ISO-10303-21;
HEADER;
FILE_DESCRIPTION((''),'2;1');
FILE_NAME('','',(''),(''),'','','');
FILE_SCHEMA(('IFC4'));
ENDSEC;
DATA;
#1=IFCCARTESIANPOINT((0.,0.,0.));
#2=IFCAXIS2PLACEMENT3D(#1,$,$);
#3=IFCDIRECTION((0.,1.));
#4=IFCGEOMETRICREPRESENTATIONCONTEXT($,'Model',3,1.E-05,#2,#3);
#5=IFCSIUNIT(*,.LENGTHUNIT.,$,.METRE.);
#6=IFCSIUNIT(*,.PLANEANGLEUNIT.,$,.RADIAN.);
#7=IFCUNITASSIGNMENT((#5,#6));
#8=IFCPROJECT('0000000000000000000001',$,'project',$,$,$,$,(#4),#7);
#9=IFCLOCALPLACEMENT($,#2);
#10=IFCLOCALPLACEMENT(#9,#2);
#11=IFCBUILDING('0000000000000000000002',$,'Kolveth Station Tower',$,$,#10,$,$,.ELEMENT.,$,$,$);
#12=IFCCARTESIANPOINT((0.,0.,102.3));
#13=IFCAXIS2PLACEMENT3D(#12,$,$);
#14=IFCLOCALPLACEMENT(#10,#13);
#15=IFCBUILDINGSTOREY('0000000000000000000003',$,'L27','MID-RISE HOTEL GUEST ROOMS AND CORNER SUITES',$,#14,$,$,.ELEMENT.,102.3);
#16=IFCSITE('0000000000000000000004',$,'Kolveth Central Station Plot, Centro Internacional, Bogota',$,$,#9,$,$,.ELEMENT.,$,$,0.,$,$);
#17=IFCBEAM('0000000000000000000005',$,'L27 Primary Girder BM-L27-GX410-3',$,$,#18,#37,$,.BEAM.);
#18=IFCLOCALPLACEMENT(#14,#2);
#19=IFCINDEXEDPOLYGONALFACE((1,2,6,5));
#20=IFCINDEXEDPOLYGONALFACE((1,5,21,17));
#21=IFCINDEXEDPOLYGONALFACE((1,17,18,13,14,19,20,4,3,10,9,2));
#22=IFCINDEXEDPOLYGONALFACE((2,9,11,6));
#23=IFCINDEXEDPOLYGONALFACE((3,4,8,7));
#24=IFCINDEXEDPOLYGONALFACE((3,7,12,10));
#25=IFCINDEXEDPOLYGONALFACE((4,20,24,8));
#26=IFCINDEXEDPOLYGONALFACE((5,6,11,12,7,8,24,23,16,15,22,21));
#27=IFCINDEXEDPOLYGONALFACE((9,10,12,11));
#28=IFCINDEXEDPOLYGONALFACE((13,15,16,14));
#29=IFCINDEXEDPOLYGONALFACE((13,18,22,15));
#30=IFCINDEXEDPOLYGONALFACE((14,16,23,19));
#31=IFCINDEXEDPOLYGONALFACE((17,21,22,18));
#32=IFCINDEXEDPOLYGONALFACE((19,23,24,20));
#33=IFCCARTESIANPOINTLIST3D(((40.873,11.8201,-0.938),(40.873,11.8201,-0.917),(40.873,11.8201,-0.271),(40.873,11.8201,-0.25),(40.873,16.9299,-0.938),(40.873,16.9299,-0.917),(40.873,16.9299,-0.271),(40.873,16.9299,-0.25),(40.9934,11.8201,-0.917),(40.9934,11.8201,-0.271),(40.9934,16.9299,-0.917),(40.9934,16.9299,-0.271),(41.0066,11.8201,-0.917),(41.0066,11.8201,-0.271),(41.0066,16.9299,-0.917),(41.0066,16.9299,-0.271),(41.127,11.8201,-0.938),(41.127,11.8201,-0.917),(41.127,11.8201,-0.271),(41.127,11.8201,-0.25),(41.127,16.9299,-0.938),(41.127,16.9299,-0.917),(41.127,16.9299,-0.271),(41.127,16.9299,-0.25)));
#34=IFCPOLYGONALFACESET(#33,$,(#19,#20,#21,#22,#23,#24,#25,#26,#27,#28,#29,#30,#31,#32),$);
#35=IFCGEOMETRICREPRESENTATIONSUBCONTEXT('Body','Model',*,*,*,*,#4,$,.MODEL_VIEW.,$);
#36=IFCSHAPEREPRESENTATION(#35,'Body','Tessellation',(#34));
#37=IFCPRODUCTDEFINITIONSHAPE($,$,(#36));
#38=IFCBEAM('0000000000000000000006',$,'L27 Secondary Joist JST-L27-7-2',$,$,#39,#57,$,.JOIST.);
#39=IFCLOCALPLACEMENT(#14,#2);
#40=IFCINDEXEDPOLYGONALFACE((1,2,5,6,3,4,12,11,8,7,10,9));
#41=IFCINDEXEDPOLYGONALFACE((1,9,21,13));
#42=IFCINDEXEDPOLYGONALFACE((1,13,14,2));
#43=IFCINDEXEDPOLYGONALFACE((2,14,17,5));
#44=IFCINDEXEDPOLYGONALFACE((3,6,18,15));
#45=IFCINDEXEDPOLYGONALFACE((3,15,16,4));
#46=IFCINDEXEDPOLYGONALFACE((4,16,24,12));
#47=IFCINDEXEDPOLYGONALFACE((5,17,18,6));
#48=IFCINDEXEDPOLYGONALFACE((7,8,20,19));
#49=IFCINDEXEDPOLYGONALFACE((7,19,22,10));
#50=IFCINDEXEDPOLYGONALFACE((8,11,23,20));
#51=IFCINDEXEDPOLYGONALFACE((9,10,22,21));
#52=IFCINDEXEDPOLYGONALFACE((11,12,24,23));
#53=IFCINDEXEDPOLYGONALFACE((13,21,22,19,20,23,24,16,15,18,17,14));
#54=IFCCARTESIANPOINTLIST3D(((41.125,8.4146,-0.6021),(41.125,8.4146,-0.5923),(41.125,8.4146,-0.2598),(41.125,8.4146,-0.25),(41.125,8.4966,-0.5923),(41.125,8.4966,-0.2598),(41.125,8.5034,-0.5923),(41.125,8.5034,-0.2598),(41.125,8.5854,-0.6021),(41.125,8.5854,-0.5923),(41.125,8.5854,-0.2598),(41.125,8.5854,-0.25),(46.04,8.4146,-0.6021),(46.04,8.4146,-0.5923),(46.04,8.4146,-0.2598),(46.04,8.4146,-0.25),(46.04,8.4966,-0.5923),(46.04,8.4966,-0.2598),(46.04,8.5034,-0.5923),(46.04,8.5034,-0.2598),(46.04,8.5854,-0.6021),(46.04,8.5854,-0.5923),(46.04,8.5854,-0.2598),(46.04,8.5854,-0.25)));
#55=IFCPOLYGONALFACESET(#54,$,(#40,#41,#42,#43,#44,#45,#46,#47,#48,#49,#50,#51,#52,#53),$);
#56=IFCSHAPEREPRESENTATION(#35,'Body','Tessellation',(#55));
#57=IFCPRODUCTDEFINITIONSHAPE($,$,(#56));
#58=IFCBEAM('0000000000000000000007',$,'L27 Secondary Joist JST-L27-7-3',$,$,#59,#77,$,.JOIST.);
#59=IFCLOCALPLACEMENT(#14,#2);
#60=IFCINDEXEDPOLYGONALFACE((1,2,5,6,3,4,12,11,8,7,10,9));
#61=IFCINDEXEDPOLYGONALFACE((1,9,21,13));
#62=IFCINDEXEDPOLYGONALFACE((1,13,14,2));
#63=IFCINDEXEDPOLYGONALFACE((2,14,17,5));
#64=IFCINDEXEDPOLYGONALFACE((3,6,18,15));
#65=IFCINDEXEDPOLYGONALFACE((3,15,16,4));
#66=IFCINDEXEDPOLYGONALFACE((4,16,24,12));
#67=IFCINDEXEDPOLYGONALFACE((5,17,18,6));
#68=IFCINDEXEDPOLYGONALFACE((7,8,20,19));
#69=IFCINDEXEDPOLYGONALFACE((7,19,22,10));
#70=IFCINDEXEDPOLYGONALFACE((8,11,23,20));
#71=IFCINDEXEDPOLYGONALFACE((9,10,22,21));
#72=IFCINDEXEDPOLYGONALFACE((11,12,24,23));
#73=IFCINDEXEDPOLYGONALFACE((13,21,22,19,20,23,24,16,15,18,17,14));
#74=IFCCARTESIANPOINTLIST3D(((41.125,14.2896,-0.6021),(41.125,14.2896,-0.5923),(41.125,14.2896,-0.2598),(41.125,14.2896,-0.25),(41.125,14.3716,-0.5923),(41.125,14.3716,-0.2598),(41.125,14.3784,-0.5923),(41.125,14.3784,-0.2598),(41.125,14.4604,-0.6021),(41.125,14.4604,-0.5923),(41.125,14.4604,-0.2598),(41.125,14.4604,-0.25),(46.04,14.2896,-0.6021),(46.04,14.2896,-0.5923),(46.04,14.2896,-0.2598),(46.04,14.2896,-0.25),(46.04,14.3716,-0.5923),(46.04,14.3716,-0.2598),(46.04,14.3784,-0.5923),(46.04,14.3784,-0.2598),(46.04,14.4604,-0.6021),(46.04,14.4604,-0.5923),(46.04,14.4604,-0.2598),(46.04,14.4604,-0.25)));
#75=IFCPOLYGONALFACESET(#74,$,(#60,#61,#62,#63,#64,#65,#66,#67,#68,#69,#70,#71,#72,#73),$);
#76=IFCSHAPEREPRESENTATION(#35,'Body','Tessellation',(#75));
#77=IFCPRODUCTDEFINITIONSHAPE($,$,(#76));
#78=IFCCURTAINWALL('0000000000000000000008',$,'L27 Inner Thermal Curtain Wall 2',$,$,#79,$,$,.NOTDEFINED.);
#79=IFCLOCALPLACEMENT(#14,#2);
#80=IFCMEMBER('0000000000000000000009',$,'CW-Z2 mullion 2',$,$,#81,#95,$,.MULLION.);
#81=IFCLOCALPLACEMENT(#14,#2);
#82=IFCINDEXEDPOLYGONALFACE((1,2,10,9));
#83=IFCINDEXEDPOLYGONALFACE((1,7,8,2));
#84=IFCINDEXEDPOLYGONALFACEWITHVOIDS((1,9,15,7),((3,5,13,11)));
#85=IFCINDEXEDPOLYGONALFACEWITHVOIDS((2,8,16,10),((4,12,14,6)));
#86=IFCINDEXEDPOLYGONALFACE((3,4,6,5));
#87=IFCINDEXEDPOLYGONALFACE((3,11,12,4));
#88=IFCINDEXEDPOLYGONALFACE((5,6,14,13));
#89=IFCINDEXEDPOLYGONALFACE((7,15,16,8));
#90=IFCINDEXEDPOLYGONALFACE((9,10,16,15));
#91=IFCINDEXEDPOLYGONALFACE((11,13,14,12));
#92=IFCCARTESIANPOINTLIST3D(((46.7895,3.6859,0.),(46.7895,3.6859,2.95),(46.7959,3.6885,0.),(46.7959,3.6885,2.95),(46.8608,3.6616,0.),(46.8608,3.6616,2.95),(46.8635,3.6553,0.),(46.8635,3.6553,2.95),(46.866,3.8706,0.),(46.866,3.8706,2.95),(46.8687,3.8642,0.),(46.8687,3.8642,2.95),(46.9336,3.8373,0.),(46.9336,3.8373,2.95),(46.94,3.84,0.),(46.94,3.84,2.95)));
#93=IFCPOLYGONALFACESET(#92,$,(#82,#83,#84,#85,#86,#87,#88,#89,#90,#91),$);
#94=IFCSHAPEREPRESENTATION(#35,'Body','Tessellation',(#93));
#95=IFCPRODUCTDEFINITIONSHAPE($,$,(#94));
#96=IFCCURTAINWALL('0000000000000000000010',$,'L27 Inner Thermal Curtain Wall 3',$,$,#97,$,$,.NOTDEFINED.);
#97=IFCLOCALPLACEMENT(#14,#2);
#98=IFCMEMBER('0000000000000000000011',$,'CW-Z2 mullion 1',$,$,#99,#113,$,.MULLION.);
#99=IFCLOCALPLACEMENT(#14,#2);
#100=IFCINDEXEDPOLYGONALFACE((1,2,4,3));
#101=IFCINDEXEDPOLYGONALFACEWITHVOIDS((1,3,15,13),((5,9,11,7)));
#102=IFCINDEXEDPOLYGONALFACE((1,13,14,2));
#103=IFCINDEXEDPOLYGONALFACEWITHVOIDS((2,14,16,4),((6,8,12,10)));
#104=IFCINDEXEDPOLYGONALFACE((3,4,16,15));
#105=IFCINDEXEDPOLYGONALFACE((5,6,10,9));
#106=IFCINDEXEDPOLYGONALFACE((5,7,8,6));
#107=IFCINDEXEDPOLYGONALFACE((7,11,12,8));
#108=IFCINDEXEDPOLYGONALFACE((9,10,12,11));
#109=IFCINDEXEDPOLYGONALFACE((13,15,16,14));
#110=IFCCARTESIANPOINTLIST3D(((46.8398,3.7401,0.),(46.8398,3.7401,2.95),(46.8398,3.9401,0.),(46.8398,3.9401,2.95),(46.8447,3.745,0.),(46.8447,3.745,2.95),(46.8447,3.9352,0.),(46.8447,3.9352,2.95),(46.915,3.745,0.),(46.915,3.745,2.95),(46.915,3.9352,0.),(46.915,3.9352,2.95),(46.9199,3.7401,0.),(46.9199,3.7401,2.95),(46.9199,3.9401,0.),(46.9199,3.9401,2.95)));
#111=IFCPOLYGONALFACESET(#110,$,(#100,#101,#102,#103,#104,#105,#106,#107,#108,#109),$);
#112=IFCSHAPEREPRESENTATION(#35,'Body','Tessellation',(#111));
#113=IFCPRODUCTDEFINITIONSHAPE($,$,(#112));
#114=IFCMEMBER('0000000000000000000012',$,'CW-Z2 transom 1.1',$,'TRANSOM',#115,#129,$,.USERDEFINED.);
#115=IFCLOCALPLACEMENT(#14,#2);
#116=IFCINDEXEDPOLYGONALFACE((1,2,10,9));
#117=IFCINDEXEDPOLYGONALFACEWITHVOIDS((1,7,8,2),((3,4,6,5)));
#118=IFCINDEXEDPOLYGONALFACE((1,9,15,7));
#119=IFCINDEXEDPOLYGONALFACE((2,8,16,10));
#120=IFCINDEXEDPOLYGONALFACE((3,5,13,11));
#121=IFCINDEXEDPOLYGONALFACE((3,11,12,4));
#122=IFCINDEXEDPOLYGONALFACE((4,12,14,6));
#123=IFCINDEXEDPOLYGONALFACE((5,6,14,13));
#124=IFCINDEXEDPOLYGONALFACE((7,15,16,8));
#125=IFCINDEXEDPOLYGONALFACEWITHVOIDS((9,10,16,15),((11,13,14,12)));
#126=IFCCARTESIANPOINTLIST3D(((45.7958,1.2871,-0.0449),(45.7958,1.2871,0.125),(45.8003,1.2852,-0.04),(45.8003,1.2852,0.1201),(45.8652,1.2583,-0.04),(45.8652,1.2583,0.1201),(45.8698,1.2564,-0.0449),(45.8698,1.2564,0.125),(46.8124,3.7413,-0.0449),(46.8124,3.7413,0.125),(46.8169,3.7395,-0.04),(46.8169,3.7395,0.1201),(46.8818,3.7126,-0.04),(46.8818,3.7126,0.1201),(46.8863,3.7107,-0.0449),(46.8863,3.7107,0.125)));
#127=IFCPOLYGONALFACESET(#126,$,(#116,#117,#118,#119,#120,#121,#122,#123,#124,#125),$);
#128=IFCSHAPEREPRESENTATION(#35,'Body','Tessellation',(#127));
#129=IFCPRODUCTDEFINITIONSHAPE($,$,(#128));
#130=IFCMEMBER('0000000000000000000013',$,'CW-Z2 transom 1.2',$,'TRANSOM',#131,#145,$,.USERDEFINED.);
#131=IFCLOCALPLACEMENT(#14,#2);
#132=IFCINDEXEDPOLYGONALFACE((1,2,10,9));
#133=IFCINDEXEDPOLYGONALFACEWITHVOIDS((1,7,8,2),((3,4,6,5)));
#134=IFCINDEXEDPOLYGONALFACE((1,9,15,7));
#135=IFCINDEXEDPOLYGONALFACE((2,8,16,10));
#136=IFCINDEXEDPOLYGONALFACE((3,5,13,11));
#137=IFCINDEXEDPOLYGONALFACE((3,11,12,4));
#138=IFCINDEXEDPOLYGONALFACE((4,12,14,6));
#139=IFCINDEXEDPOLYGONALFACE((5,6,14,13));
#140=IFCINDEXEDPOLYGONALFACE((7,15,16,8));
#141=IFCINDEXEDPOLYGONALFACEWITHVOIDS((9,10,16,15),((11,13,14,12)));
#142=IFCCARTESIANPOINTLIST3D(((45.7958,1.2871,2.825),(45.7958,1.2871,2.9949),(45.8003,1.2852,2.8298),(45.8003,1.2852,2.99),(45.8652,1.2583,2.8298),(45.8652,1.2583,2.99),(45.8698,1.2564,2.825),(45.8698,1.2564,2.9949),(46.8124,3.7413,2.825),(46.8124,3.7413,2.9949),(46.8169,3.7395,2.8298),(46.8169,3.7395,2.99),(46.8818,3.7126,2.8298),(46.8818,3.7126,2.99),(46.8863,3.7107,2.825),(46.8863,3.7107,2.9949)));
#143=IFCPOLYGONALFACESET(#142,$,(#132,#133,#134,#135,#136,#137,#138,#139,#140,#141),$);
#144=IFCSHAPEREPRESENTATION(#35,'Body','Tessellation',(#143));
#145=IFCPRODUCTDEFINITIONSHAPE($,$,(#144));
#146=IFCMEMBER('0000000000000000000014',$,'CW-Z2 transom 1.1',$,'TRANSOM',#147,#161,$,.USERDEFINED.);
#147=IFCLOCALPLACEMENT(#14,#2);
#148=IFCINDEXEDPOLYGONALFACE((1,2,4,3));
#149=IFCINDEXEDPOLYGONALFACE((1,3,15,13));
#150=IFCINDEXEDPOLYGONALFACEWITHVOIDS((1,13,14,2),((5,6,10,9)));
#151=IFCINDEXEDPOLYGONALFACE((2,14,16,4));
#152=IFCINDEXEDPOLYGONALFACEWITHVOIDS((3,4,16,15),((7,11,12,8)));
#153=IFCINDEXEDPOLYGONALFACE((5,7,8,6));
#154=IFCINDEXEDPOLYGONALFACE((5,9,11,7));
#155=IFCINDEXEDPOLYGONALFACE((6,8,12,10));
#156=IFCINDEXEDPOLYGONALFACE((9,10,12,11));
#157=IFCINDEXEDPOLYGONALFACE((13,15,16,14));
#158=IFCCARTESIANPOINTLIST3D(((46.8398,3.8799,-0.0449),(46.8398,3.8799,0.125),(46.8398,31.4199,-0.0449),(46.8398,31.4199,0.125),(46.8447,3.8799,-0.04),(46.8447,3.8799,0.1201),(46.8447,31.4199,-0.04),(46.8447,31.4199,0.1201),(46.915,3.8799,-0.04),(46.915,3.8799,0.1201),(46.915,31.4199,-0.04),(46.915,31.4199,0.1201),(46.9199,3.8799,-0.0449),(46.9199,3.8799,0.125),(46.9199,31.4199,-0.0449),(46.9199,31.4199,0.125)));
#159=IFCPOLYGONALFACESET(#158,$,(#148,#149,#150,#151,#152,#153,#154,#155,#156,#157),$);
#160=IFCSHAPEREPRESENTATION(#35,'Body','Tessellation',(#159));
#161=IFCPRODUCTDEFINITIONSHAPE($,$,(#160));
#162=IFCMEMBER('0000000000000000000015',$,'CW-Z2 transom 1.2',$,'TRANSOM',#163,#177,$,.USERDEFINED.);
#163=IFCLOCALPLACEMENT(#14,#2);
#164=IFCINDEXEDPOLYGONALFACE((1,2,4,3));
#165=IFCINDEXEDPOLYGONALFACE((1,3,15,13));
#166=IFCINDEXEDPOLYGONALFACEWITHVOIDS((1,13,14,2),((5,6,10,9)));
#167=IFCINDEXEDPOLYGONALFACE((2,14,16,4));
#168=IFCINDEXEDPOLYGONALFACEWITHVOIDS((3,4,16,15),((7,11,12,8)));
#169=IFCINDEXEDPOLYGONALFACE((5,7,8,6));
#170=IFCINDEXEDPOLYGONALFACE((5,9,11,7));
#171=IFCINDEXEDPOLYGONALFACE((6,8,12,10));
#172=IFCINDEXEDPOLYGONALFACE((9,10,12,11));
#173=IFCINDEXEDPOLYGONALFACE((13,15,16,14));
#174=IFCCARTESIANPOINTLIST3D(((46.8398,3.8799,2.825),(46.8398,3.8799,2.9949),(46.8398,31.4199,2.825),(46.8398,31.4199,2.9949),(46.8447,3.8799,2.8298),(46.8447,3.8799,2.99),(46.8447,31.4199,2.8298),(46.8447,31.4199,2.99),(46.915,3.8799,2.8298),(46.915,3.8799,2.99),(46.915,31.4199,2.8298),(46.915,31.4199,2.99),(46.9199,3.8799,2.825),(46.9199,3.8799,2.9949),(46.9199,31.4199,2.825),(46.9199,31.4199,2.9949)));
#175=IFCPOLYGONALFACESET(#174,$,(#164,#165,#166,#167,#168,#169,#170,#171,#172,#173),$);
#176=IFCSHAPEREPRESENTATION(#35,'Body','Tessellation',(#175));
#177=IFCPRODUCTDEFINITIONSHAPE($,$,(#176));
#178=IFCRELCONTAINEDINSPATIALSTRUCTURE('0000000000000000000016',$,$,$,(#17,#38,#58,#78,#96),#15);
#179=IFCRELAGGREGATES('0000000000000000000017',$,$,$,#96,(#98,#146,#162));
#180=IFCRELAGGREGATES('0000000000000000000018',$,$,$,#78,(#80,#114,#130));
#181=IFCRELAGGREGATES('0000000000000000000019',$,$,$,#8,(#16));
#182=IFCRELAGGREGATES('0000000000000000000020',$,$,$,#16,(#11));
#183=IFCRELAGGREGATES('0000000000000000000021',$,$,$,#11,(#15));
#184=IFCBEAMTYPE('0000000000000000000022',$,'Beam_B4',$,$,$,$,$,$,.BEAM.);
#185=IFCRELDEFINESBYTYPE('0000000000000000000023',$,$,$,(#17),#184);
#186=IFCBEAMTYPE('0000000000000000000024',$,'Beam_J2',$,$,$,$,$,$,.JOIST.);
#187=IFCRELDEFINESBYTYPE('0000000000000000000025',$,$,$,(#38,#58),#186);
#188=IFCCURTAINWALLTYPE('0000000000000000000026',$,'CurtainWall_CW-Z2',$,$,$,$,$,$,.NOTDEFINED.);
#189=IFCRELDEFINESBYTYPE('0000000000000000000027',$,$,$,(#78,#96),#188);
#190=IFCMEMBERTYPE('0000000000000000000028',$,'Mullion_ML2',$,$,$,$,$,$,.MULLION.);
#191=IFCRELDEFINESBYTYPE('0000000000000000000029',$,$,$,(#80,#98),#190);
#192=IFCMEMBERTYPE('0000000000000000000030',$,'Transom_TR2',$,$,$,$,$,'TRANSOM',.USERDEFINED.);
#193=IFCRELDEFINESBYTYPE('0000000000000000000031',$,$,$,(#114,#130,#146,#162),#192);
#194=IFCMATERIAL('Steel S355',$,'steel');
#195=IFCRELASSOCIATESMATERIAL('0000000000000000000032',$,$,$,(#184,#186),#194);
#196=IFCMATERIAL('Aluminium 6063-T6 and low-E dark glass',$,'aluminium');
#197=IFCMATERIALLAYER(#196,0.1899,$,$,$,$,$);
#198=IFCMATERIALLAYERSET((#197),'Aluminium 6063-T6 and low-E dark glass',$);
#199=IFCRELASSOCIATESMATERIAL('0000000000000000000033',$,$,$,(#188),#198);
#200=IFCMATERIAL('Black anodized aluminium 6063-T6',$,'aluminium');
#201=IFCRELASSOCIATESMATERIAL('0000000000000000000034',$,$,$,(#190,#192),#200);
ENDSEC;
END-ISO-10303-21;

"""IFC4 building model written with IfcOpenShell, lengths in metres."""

from ifc_helpers import new_model, si_unit, direction, frame, origin, origin_2d, place, context, subcontext, project, spatial, hollow_rectangle, i_section, extrude, source, transform, mapped, material, layer, layer_set, material_profile, profile_set, type_object, element, aggregate, save


model = new_model("IFC4")

# Units and contexts
model_context = context("Model", 3, precision=1e-05, world=origin(), true_north=direction((0.0, 1.0)))
body_context = subcontext(model_context, "Body", "Model", "MODEL_VIEW")
ifc_project = project(units=[si_unit("LENGTHUNIT", "METRE"), si_unit("PLANEANGLEUNIT", "RADIAN")], contexts=[model_context])

# Site, building, storey
site_placement = place(None, origin())
site = spatial("IfcSite", under=ifc_project, at=site_placement, Name="Kolveth Central Station Plot, Centro Internacional, Bogota", CompositionType="ELEMENT", RefElevation=0.0)
building_placement = place(site_placement, origin())
building = spatial("IfcBuilding", under=site, at=building_placement, Name="Kolveth Station Tower", CompositionType="ELEMENT")
storey_placement = place(building_placement, frame((0.0, 0.0, 102.3)))
storey = spatial("IfcBuildingStorey", under=building, at=storey_placement, Name="L27", Description="MID-RISE HOTEL GUEST ROOMS AND CORNER SUITES", CompositionType="ELEMENT", Elevation=102.3)

# Beams
ifc_material_1 = material(Name="Steel S355", Category="steel")
ifc_material_profile_1 = material_profile(ifc_material_1, i_section(OverallWidth=0.2539, OverallDepth=0.688, WebThickness=0.0132, FlangeThickness=0.021, at=origin_2d()), Name="W690x152")
ifc_profile_set_1 = profile_set([ifc_material_profile_1], Name="Steel S355")
beam_type_1 = type_object("IfcBeamType", Name="Beam_B4", PredefinedType="BEAM", material=ifc_profile_set_1)
shared_shape_1 = source(origin(), body_context, "Body", "SweptSolid", [
    extrude(i_section(OverallWidth=0.2539, OverallDepth=0.688, WebThickness=0.0132, FlangeThickness=0.021, at=origin_2d()), origin(), (0.0, 0.0, 1.0), 5.1099),
])
beam_1_placement = place(storey_placement, frame((41.0, 11.8201, -0.594), z_axis=(0.0, 1.0, 0.0), x_axis=(-1.0, 0.0, 0.0)))
element("IfcBeam", 1, at=beam_1_placement, inside=storey, type_object=beam_type_1, Name="L27 Primary Girder BM-L27-GX410-3", PredefinedType="BEAM", context=body_context, shape_type="MappedRepresentation", body=[
    mapped(shared_shape_1, transform((0.0, 0.0, 0.0), x_axis=(1.0, 0.0, 0.0), y_axis=(0.0, 1.0, 0.0), z_axis=(0.0, 0.0, 1.0), scale=1.0)),
])
ifc_material_profile_2 = material_profile(ifc_material_1, i_section(OverallWidth=0.1709, OverallDepth=0.3521, WebThickness=0.0068, FlangeThickness=0.0098, at=origin_2d()), Name="W360x44")
ifc_profile_set_2 = profile_set([ifc_material_profile_2], Name="Steel S355")
beam_type_2 = type_object("IfcBeamType", Name="Beam_J2", PredefinedType="JOIST", material=ifc_profile_set_2)
shared_shape_2 = source(origin(), body_context, "Body", "SweptSolid", [
    extrude(i_section(OverallWidth=0.1709, OverallDepth=0.3521, WebThickness=0.0068, FlangeThickness=0.0098, at=origin_2d()), origin(), (0.0, 0.0, 1.0), 4.915),
])
for number, where, z_axis, x_axis, name in (
    (2, (41.125, 8.5, -0.426), (1.0, 0.0, 0.0), (0.0, 1.0, 0.0), "L27 Secondary Joist JST-L27-7-2"),
    (3, (41.125, 14.375, -0.426), (1.0, 0.0, 0.0), (0.0, 1.0, 0.0), "L27 Secondary Joist JST-L27-7-3"),
):
    element("IfcBeam", number, at=place(storey_placement, frame(where, z_axis=z_axis, x_axis=x_axis)), inside=storey, type_object=beam_type_2, Name=name, PredefinedType="JOIST", context=body_context, shape_type="MappedRepresentation", body=[
        mapped(shared_shape_2, transform((0.0, 0.0, 0.0), x_axis=(1.0, 0.0, 0.0), y_axis=(0.0, 1.0, 0.0), z_axis=(0.0, 0.0, 1.0), scale=1.0)),
    ])

# Curtain walls, members
ifc_material_2 = material(Name="Aluminium 6063-T6 and low-E dark glass", Category="aluminium")
ifc_layer_1 = layer(ifc_material_2, 0.1899)
ifc_layer_set_1 = layer_set([ifc_layer_1], Name="Aluminium 6063-T6 and low-E dark glass")
curtain_wall_type_1 = type_object("IfcCurtainWallType", Name="CurtainWall_CW-Z2", PredefinedType="NOTDEFINED", material=ifc_layer_set_1)
curtain_wall_1_placement = place(storey_placement, origin())
curtain_wall_1 = element("IfcCurtainWall", 4, at=curtain_wall_1_placement, inside=storey, type_object=curtain_wall_type_1, Name="L27 Inner Thermal Curtain Wall 2", PredefinedType="NOTDEFINED")
ifc_material_3 = material(Name="Black anodized aluminium 6063-T6", Category="aluminium")
ifc_material_profile_3 = material_profile(ifc_material_3, hollow_rectangle(XDim=0.0801, YDim=0.2, WallThickness=0.0049, at=origin_2d()), Name="ALU-80x200x5")
ifc_profile_set_3 = profile_set([ifc_material_profile_3], Name="Black anodized aluminium 6063-T6")
member_type_1 = type_object("IfcMemberType", Name="Mullion_ML2", PredefinedType="MULLION", material=ifc_profile_set_3)
shared_shape_3 = source(origin(), body_context, "Body", "SweptSolid", [
    extrude(hollow_rectangle(XDim=0.0801, YDim=0.2, WallThickness=0.0049, at=origin_2d()), origin(), (0.0, 0.0, 1.0), 2.95),
])
member_1_placement = place(storey_placement, frame((46.8647, 3.7629, 0.0), z_axis=(0.0, 0.0, 1.0), x_axis=(-0.923888, 0.382663, 0.0)))
member_1 = element("IfcMember", 5, at=member_1_placement, type_object=member_type_1, Name="CW-Z2 mullion 2", PredefinedType="MULLION", context=body_context, shape_type="MappedRepresentation", body=[
    mapped(shared_shape_3, transform((0.0, 0.0, 0.0), x_axis=(1.0, 0.0, 0.0), y_axis=(0.0, 1.0, 0.0), z_axis=(0.0, 0.0, 1.0), scale=1.0)),
])
curtain_wall_2_placement = place(storey_placement, origin())
curtain_wall_2 = element("IfcCurtainWall", 6, at=curtain_wall_2_placement, inside=storey, type_object=curtain_wall_type_1, Name="L27 Inner Thermal Curtain Wall 3", PredefinedType="NOTDEFINED")
member_2_placement = place(storey_placement, frame((46.8799, 3.8401, 0.0), z_axis=(0.0, 0.0, 1.0), x_axis=(-1.0, 0.0, 0.0)))
member_2 = element("IfcMember", 7, at=member_2_placement, type_object=member_type_1, Name="CW-Z2 mullion 1", PredefinedType="MULLION", context=body_context, shape_type="MappedRepresentation", body=[
    mapped(shared_shape_3, transform((0.0, 0.0, 0.0), x_axis=(1.0, 0.0, 0.0), y_axis=(0.0, 1.0, 0.0), z_axis=(0.0, 0.0, 1.0), scale=1.0)),
])

# Members
ifc_material_profile_4 = material_profile(ifc_material_3, hollow_rectangle(XDim=0.0801, YDim=0.1699, WallThickness=0.0049, at=origin_2d()), Name="ALU-80x170x5")
ifc_profile_set_4 = profile_set([ifc_material_profile_4], Name="Black anodized aluminium 6063-T6")
member_type_2 = type_object("IfcMemberType", Name="Transom_TR2", ElementType="TRANSOM", PredefinedType="USERDEFINED", material=ifc_profile_set_4)
shared_shape_4 = source(origin(), body_context, "Body", "SweptSolid", [
    extrude(hollow_rectangle(XDim=0.0801, YDim=0.1699, WallThickness=0.0049, at=origin_2d()), origin(), (0.0, 0.0, 1.0), 2.6565),
])
member_3_placement = place(storey_placement, frame((45.8328, 1.2717, 0.04), z_axis=(0.382676, 0.923882, 0.0), x_axis=(-0.923882, 0.382676, 0.0)))
member_3 = element("IfcMember", 8, at=member_3_placement, type_object=member_type_2, Name="CW-Z2 transom 1.1", ObjectType="TRANSOM", PredefinedType="USERDEFINED", context=body_context, shape_type="MappedRepresentation", body=[
    mapped(shared_shape_4, transform((0.0, 0.0, 0.0), x_axis=(1.0, 0.0, 0.0), y_axis=(0.0, 1.0, 0.0), z_axis=(0.0, 0.0, 1.0), scale=1.0)),
])
member_4_placement = place(storey_placement, frame((45.8328, 1.2717, 2.9099), z_axis=(0.382676, 0.923882, 0.0), x_axis=(-0.923882, 0.382676, 0.0)))
member_4 = element("IfcMember", 9, at=member_4_placement, type_object=member_type_2, Name="CW-Z2 transom 1.2", ObjectType="TRANSOM", PredefinedType="USERDEFINED", context=body_context, shape_type="MappedRepresentation", body=[
    mapped(shared_shape_4, transform((0.0, 0.0, 0.0), x_axis=(1.0, 0.0, 0.0), y_axis=(0.0, 1.0, 0.0), z_axis=(0.0, 0.0, 1.0), scale=1.0)),
])
shared_shape_5 = source(origin(), body_context, "Body", "SweptSolid", [
    extrude(hollow_rectangle(XDim=0.0801, YDim=0.1699, WallThickness=0.0049, at=origin_2d()), origin(), (0.0, 0.0, 1.0), 27.54),
])
member_5_placement = place(storey_placement, frame((46.8799, 3.8799, 0.04), z_axis=(0.0, 1.0, 0.0), x_axis=(-1.0, 0.0, 0.0)))
member_5 = element("IfcMember", 10, at=member_5_placement, type_object=member_type_2, Name="CW-Z2 transom 1.1", ObjectType="TRANSOM", PredefinedType="USERDEFINED", context=body_context, shape_type="MappedRepresentation", body=[
    mapped(shared_shape_5, transform((0.0, 0.0, 0.0), x_axis=(1.0, 0.0, 0.0), y_axis=(0.0, 1.0, 0.0), z_axis=(0.0, 0.0, 1.0), scale=1.0)),
])
member_6_placement = place(storey_placement, frame((46.8799, 3.8799, 2.9099), z_axis=(0.0, 1.0, 0.0), x_axis=(-1.0, 0.0, 0.0)))
member_6 = element("IfcMember", 11, at=member_6_placement, type_object=member_type_2, Name="CW-Z2 transom 1.2", ObjectType="TRANSOM", PredefinedType="USERDEFINED", context=body_context, shape_type="MappedRepresentation", body=[
    mapped(shared_shape_5, transform((0.0, 0.0, 0.0), x_axis=(1.0, 0.0, 0.0), y_axis=(0.0, 1.0, 0.0), z_axis=(0.0, 0.0, 1.0), scale=1.0)),
])
aggregate(curtain_wall_2, [member_2, member_5, member_6])

aggregate(curtain_wall_1, [member_1, member_3, member_4])

save(model, "model.ifc")
